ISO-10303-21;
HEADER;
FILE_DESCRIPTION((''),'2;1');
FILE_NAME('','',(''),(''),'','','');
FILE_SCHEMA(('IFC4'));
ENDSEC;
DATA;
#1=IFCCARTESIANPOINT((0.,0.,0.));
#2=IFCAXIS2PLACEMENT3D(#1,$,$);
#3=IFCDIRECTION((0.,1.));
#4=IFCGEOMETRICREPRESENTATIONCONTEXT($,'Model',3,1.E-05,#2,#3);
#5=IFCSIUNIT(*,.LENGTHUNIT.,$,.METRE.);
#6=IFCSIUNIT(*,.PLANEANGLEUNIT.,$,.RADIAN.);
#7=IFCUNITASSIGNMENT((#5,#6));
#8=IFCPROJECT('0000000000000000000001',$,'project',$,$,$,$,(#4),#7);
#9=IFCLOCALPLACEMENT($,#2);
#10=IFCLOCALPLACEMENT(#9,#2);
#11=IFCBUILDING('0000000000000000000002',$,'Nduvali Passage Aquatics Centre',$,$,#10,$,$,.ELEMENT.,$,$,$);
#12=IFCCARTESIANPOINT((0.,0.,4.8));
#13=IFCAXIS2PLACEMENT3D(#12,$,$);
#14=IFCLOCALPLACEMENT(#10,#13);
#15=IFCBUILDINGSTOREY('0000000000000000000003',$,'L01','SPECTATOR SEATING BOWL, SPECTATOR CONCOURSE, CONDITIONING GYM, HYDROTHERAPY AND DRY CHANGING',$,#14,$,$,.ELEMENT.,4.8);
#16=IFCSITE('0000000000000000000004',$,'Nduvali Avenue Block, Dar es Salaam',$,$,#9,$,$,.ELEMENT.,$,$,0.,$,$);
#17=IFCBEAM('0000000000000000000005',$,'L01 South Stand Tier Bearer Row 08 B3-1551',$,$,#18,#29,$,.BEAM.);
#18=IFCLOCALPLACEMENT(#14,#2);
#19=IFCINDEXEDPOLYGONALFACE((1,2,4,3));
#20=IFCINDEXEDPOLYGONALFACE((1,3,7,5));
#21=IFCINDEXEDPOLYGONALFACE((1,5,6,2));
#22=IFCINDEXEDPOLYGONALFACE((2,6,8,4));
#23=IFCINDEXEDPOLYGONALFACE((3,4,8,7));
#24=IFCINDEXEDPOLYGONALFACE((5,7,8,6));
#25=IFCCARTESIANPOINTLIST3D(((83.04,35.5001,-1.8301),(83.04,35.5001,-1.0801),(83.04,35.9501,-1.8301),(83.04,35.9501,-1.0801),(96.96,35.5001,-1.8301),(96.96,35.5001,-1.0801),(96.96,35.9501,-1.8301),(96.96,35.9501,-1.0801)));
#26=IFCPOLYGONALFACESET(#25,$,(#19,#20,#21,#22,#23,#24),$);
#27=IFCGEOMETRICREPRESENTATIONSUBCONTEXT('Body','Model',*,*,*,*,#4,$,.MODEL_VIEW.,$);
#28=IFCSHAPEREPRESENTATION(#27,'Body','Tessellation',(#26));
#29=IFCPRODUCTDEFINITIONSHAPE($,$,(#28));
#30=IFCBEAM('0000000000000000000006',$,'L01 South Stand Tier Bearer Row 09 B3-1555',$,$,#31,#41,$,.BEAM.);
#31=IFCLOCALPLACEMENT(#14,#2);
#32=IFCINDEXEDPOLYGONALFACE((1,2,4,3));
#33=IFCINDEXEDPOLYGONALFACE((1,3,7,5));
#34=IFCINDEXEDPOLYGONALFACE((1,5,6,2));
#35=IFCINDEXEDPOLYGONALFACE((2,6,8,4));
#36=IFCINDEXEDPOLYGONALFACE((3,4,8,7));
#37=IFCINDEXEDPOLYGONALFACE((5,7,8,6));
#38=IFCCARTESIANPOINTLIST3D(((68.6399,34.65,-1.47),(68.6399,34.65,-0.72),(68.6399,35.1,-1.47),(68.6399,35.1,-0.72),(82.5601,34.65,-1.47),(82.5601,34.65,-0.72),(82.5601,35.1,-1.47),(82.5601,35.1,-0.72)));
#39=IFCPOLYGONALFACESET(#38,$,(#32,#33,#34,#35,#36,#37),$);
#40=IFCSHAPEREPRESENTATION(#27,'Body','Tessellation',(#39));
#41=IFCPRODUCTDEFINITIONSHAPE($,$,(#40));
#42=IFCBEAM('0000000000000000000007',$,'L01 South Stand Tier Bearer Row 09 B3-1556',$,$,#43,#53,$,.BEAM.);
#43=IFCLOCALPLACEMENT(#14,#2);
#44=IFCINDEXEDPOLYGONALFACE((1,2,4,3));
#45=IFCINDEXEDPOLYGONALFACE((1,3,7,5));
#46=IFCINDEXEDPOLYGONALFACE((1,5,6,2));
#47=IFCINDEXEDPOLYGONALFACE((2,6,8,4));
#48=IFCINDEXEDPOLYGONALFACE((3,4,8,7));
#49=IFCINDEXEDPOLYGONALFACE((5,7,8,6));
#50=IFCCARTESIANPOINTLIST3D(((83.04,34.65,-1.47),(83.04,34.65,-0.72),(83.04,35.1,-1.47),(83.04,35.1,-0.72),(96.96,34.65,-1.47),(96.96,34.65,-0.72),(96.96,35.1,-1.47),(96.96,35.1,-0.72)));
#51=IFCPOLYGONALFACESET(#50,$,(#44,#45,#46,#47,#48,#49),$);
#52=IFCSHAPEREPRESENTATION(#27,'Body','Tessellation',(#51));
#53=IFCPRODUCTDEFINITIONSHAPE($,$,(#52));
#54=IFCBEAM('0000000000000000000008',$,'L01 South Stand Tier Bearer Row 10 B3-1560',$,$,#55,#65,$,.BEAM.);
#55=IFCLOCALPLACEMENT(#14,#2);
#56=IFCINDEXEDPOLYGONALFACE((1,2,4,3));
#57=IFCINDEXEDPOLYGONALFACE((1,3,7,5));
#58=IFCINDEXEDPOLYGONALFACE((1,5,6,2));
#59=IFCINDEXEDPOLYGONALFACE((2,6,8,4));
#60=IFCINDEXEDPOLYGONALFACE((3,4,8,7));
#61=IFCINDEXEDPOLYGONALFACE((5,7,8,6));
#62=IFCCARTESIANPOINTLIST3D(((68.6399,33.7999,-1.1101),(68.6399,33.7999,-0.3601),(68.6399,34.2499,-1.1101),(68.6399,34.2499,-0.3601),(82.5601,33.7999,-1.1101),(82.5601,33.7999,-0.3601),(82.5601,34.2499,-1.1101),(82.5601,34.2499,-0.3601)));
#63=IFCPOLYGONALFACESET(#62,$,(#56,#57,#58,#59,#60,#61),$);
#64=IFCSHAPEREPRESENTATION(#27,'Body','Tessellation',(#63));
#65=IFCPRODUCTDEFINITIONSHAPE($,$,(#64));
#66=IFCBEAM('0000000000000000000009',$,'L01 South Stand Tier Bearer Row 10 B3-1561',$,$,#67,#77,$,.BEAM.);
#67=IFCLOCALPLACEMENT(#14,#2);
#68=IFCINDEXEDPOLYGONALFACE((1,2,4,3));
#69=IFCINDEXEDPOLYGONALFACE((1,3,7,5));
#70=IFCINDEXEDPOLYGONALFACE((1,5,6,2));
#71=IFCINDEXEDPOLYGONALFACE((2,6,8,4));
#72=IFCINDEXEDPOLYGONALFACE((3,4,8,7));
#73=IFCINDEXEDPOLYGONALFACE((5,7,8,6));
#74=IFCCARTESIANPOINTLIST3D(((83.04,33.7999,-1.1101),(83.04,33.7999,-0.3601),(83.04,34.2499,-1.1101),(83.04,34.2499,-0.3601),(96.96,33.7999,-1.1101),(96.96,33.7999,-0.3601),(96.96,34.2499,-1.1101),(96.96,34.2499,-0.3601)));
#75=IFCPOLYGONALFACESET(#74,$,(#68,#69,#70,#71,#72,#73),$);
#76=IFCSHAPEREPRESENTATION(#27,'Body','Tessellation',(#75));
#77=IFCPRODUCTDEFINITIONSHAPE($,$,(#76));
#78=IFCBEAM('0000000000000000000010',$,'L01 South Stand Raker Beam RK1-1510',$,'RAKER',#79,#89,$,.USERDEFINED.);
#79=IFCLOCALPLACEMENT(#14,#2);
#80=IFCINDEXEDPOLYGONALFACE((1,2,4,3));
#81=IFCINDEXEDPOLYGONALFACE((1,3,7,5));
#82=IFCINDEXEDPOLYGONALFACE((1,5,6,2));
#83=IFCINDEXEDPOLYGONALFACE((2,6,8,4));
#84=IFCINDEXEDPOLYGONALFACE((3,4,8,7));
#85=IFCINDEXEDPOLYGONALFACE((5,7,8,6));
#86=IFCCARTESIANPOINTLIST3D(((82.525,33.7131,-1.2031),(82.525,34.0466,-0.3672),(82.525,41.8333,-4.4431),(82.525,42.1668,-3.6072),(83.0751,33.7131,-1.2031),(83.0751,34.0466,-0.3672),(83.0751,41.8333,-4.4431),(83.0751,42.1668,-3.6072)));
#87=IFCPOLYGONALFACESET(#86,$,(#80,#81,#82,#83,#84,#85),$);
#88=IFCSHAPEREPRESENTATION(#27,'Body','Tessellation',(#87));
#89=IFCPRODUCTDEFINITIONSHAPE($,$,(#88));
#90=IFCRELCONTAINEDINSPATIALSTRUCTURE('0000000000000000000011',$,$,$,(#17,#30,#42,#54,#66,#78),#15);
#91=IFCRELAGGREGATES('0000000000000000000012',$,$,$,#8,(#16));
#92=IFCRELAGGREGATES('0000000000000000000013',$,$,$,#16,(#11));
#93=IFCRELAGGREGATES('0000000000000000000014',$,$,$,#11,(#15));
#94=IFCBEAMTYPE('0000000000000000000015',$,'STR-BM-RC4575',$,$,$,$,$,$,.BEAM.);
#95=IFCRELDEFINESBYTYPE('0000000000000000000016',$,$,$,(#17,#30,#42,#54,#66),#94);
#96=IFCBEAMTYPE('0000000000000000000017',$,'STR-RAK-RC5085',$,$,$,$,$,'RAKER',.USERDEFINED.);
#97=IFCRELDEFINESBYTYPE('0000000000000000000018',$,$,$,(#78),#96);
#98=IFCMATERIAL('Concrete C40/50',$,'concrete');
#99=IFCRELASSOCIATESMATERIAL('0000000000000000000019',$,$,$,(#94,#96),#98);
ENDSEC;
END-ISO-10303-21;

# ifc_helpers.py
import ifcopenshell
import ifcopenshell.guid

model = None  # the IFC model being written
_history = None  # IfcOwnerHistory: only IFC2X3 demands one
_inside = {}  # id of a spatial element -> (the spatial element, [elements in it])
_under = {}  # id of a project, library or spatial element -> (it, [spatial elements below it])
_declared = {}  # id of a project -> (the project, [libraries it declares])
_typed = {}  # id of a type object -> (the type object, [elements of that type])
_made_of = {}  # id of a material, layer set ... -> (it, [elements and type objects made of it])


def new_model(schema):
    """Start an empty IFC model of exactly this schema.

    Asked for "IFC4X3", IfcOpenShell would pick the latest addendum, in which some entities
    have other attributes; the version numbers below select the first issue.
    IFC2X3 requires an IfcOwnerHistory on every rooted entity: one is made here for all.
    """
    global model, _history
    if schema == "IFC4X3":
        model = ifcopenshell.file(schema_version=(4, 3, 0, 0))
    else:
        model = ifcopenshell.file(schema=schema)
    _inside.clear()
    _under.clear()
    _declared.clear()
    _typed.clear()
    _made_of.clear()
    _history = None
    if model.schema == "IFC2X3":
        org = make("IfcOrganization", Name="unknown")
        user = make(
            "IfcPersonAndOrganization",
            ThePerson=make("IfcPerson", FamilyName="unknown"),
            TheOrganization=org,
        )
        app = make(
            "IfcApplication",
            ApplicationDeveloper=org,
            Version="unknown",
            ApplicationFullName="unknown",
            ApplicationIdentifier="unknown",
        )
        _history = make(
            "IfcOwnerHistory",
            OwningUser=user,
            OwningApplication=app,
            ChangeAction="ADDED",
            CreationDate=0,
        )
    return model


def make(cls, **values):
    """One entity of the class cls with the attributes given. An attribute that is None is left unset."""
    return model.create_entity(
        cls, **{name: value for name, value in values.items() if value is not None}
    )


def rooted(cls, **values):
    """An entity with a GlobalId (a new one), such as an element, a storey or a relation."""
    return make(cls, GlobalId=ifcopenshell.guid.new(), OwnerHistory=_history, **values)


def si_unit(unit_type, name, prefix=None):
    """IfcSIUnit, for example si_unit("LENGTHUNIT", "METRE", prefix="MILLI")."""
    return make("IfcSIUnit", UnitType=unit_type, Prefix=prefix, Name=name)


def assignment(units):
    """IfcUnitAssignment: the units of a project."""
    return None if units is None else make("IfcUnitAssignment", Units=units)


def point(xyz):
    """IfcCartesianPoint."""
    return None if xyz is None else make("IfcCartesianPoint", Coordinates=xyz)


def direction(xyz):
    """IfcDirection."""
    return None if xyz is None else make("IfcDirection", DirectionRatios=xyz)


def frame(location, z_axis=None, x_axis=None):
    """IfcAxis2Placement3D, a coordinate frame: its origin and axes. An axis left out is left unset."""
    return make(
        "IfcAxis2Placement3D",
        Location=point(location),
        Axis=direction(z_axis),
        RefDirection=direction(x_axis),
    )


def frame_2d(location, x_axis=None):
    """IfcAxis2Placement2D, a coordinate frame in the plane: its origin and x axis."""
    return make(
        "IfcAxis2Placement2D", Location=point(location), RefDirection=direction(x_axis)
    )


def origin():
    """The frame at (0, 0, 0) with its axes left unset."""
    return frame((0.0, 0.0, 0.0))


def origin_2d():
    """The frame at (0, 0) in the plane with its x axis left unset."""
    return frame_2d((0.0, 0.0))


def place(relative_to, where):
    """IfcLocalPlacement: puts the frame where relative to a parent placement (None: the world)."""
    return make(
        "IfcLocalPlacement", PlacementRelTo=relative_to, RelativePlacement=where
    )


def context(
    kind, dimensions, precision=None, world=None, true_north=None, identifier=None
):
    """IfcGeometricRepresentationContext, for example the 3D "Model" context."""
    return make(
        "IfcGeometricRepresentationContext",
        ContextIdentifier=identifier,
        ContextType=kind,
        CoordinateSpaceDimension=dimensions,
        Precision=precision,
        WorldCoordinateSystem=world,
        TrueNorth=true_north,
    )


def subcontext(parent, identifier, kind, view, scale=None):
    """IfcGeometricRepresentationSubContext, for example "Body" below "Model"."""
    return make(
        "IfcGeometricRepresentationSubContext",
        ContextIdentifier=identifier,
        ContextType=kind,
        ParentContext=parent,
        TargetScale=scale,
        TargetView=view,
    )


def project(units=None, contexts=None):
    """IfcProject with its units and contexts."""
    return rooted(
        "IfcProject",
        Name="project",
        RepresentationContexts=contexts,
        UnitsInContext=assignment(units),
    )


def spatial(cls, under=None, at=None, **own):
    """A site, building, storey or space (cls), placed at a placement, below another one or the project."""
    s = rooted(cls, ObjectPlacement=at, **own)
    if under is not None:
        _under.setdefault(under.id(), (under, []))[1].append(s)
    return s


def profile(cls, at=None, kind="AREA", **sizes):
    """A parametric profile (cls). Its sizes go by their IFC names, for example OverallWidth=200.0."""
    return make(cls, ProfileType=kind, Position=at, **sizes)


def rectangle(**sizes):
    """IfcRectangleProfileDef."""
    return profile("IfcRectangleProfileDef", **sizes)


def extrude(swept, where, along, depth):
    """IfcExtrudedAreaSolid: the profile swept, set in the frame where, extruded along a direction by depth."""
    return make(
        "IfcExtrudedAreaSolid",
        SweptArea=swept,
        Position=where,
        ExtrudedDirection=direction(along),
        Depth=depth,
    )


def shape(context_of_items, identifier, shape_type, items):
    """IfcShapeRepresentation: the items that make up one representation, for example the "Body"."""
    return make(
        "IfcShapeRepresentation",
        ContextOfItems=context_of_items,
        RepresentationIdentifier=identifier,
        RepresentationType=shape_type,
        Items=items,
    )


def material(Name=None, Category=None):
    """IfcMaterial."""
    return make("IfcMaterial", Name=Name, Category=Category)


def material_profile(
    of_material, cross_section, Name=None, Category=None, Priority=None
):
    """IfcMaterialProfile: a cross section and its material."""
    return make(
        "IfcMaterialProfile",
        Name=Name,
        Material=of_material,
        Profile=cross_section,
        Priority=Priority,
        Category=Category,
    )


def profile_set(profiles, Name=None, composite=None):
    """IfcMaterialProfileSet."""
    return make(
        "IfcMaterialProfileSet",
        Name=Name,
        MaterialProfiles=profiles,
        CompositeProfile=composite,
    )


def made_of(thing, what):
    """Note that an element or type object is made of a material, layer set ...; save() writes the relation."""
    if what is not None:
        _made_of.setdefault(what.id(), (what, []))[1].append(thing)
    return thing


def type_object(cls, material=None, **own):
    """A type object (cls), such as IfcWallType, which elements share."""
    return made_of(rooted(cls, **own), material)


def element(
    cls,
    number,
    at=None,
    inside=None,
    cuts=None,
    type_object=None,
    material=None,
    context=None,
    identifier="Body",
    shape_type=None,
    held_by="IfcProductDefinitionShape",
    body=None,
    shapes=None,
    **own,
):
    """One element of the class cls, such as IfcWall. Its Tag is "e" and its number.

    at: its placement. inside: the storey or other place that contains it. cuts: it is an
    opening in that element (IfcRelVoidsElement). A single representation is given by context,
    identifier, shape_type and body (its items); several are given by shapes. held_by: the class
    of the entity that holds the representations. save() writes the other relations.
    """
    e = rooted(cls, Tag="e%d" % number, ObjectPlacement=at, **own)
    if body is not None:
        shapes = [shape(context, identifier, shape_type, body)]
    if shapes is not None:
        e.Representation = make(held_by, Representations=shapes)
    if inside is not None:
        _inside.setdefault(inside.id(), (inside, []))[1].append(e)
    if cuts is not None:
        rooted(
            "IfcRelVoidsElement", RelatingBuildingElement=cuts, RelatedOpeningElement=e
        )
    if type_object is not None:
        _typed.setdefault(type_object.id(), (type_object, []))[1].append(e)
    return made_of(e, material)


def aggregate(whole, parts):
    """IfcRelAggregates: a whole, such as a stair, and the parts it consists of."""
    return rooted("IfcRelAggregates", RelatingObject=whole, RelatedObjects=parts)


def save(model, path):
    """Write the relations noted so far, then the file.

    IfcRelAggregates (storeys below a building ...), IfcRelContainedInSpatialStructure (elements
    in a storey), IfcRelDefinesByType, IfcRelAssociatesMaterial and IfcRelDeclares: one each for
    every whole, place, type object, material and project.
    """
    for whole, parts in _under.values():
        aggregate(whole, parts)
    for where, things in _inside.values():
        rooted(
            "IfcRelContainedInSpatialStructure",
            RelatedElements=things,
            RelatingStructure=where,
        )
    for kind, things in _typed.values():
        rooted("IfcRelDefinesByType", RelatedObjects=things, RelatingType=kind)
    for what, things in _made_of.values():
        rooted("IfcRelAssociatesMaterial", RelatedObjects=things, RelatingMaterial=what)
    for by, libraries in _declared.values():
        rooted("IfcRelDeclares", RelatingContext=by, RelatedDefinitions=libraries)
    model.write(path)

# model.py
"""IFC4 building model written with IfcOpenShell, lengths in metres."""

from ifc_helpers import new_model, si_unit, direction, frame, origin, origin_2d, place, context, subcontext, project, spatial, rectangle, extrude, material, material_profile, profile_set, type_object, element, save


model = new_model("IFC4")

# Units and contexts
model_context = context("Model", 3, precision=1e-05, world=origin(), true_north=direction((0.0, 1.0)))
body_context = subcontext(model_context, "Body", "Model", "MODEL_VIEW")
ifc_project = project(units=[si_unit("LENGTHUNIT", "METRE"), si_unit("PLANEANGLEUNIT", "RADIAN")], contexts=[model_context])

# Site, building, storey
site_placement = place(None, origin())
site = spatial("IfcSite", under=ifc_project, at=site_placement, Name="Nduvali Avenue Block, Dar es Salaam", CompositionType="ELEMENT", RefElevation=0.0)
building_placement = place(site_placement, origin())
building = spatial("IfcBuilding", under=site, at=building_placement, Name="Nduvali Passage Aquatics Centre", CompositionType="ELEMENT")
storey_placement = place(building_placement, frame((0.0, 0.0, 4.8)))
storey = spatial("IfcBuildingStorey", under=building, at=storey_placement, Name="L01", Description="SPECTATOR SEATING BOWL, SPECTATOR CONCOURSE, CONDITIONING GYM, HYDROTHERAPY AND DRY CHANGING", CompositionType="ELEMENT", Elevation=4.8)

# Beams
ifc_material = material(Name="Concrete C40/50", Category="concrete")
ifc_material_profile_1 = material_profile(ifc_material, rectangle(XDim=0.45, YDim=0.75, at=origin_2d()), Name="RC 450x750")
ifc_profile_set_1 = profile_set([ifc_material_profile_1], Name="Concrete C40/50")
beam_type_1 = type_object("IfcBeamType", Name="STR-BM-RC4575", PredefinedType="BEAM", material=ifc_profile_set_1)
beam_1_placement = place(storey_placement, frame((83.04, 35.7251, -1.4551), z_axis=(1.0, 0.0, 0.0), x_axis=(0.0, 1.0, 0.0)))
element("IfcBeam", 1, at=beam_1_placement, inside=storey, type_object=beam_type_1, Name="L01 South Stand Tier Bearer Row 08 B3-1551", PredefinedType="BEAM", context=body_context, shape_type="SweptSolid", body=[
    extrude(rectangle(XDim=0.45, YDim=0.75, at=origin_2d()), origin(), (0.0, 0.0, 1.0), 13.9199),
])
beam_2_placement = place(storey_placement, frame((68.6399, 34.875, -1.095), z_axis=(1.0, 0.0, 0.0), x_axis=(0.0, 1.0, 0.0)))
element("IfcBeam", 2, at=beam_2_placement, inside=storey, type_object=beam_type_1, Name="L01 South Stand Tier Bearer Row 09 B3-1555", PredefinedType="BEAM", context=body_context, shape_type="SweptSolid", body=[
    extrude(rectangle(XDim=0.45, YDim=0.75, at=origin_2d()), origin(), (0.0, 0.0, 1.0), 13.9202),
])
beam_3_placement = place(storey_placement, frame((83.04, 34.875, -1.095), z_axis=(1.0, 0.0, 0.0), x_axis=(0.0, 1.0, 0.0)))
element("IfcBeam", 3, at=beam_3_placement, inside=storey, type_object=beam_type_1, Name="L01 South Stand Tier Bearer Row 09 B3-1556", PredefinedType="BEAM", context=body_context, shape_type="SweptSolid", body=[
    extrude(rectangle(XDim=0.45, YDim=0.75, at=origin_2d()), origin(), (0.0, 0.0, 1.0), 13.9199),
])
beam_4_placement = place(storey_placement, frame((68.6399, 34.0249, -0.7351), z_axis=(1.0, 0.0, 0.0), x_axis=(0.0, 1.0, 0.0)))
element("IfcBeam", 4, at=beam_4_placement, inside=storey, type_object=beam_type_1, Name="L01 South Stand Tier Bearer Row 10 B3-1560", PredefinedType="BEAM", context=body_context, shape_type="SweptSolid", body=[
    extrude(rectangle(XDim=0.45, YDim=0.75, at=origin_2d()), origin(), (0.0, 0.0, 1.0), 13.9202),
])
beam_5_placement = place(storey_placement, frame((83.04, 34.0249, -0.7351), z_axis=(1.0, 0.0, 0.0), x_axis=(0.0, 1.0, 0.0)))
element("IfcBeam", 5, at=beam_5_placement, inside=storey, type_object=beam_type_1, Name="L01 South Stand Tier Bearer Row 10 B3-1561", PredefinedType="BEAM", context=body_context, shape_type="SweptSolid", body=[
    extrude(rectangle(XDim=0.45, YDim=0.75, at=origin_2d()), origin(), (0.0, 0.0, 1.0), 13.9199),
])
ifc_material_profile_2 = material_profile(ifc_material, rectangle(XDim=0.55, YDim=0.8999, at=origin_2d()), Name="RC 550x900")
ifc_profile_set_2 = profile_set([ifc_material_profile_2], Name="Concrete C40/50")
beam_type_2 = type_object("IfcBeamType", Name="STR-RAK-RC5085", ElementType="RAKER", PredefinedType="USERDEFINED", material=ifc_profile_set_2)
beam_6_placement = place(storey_placement, frame((82.8, 33.8799, -0.7852), z_axis=(0.0, 0.928794, -0.370596), x_axis=(-1.0, 0.0, 0.0)))
element("IfcBeam", 6, at=beam_6_placement, inside=storey, type_object=beam_type_2, Name="L01 South Stand Raker Beam RK1-1510", ObjectType="RAKER", PredefinedType="USERDEFINED", context=body_context, shape_type="SweptSolid", body=[
    extrude(rectangle(XDim=0.55, YDim=0.8999, at=origin_2d()), origin(), (0.0, 0.0, 1.0), 8.7427),
])

save(model, "model.ifc")
